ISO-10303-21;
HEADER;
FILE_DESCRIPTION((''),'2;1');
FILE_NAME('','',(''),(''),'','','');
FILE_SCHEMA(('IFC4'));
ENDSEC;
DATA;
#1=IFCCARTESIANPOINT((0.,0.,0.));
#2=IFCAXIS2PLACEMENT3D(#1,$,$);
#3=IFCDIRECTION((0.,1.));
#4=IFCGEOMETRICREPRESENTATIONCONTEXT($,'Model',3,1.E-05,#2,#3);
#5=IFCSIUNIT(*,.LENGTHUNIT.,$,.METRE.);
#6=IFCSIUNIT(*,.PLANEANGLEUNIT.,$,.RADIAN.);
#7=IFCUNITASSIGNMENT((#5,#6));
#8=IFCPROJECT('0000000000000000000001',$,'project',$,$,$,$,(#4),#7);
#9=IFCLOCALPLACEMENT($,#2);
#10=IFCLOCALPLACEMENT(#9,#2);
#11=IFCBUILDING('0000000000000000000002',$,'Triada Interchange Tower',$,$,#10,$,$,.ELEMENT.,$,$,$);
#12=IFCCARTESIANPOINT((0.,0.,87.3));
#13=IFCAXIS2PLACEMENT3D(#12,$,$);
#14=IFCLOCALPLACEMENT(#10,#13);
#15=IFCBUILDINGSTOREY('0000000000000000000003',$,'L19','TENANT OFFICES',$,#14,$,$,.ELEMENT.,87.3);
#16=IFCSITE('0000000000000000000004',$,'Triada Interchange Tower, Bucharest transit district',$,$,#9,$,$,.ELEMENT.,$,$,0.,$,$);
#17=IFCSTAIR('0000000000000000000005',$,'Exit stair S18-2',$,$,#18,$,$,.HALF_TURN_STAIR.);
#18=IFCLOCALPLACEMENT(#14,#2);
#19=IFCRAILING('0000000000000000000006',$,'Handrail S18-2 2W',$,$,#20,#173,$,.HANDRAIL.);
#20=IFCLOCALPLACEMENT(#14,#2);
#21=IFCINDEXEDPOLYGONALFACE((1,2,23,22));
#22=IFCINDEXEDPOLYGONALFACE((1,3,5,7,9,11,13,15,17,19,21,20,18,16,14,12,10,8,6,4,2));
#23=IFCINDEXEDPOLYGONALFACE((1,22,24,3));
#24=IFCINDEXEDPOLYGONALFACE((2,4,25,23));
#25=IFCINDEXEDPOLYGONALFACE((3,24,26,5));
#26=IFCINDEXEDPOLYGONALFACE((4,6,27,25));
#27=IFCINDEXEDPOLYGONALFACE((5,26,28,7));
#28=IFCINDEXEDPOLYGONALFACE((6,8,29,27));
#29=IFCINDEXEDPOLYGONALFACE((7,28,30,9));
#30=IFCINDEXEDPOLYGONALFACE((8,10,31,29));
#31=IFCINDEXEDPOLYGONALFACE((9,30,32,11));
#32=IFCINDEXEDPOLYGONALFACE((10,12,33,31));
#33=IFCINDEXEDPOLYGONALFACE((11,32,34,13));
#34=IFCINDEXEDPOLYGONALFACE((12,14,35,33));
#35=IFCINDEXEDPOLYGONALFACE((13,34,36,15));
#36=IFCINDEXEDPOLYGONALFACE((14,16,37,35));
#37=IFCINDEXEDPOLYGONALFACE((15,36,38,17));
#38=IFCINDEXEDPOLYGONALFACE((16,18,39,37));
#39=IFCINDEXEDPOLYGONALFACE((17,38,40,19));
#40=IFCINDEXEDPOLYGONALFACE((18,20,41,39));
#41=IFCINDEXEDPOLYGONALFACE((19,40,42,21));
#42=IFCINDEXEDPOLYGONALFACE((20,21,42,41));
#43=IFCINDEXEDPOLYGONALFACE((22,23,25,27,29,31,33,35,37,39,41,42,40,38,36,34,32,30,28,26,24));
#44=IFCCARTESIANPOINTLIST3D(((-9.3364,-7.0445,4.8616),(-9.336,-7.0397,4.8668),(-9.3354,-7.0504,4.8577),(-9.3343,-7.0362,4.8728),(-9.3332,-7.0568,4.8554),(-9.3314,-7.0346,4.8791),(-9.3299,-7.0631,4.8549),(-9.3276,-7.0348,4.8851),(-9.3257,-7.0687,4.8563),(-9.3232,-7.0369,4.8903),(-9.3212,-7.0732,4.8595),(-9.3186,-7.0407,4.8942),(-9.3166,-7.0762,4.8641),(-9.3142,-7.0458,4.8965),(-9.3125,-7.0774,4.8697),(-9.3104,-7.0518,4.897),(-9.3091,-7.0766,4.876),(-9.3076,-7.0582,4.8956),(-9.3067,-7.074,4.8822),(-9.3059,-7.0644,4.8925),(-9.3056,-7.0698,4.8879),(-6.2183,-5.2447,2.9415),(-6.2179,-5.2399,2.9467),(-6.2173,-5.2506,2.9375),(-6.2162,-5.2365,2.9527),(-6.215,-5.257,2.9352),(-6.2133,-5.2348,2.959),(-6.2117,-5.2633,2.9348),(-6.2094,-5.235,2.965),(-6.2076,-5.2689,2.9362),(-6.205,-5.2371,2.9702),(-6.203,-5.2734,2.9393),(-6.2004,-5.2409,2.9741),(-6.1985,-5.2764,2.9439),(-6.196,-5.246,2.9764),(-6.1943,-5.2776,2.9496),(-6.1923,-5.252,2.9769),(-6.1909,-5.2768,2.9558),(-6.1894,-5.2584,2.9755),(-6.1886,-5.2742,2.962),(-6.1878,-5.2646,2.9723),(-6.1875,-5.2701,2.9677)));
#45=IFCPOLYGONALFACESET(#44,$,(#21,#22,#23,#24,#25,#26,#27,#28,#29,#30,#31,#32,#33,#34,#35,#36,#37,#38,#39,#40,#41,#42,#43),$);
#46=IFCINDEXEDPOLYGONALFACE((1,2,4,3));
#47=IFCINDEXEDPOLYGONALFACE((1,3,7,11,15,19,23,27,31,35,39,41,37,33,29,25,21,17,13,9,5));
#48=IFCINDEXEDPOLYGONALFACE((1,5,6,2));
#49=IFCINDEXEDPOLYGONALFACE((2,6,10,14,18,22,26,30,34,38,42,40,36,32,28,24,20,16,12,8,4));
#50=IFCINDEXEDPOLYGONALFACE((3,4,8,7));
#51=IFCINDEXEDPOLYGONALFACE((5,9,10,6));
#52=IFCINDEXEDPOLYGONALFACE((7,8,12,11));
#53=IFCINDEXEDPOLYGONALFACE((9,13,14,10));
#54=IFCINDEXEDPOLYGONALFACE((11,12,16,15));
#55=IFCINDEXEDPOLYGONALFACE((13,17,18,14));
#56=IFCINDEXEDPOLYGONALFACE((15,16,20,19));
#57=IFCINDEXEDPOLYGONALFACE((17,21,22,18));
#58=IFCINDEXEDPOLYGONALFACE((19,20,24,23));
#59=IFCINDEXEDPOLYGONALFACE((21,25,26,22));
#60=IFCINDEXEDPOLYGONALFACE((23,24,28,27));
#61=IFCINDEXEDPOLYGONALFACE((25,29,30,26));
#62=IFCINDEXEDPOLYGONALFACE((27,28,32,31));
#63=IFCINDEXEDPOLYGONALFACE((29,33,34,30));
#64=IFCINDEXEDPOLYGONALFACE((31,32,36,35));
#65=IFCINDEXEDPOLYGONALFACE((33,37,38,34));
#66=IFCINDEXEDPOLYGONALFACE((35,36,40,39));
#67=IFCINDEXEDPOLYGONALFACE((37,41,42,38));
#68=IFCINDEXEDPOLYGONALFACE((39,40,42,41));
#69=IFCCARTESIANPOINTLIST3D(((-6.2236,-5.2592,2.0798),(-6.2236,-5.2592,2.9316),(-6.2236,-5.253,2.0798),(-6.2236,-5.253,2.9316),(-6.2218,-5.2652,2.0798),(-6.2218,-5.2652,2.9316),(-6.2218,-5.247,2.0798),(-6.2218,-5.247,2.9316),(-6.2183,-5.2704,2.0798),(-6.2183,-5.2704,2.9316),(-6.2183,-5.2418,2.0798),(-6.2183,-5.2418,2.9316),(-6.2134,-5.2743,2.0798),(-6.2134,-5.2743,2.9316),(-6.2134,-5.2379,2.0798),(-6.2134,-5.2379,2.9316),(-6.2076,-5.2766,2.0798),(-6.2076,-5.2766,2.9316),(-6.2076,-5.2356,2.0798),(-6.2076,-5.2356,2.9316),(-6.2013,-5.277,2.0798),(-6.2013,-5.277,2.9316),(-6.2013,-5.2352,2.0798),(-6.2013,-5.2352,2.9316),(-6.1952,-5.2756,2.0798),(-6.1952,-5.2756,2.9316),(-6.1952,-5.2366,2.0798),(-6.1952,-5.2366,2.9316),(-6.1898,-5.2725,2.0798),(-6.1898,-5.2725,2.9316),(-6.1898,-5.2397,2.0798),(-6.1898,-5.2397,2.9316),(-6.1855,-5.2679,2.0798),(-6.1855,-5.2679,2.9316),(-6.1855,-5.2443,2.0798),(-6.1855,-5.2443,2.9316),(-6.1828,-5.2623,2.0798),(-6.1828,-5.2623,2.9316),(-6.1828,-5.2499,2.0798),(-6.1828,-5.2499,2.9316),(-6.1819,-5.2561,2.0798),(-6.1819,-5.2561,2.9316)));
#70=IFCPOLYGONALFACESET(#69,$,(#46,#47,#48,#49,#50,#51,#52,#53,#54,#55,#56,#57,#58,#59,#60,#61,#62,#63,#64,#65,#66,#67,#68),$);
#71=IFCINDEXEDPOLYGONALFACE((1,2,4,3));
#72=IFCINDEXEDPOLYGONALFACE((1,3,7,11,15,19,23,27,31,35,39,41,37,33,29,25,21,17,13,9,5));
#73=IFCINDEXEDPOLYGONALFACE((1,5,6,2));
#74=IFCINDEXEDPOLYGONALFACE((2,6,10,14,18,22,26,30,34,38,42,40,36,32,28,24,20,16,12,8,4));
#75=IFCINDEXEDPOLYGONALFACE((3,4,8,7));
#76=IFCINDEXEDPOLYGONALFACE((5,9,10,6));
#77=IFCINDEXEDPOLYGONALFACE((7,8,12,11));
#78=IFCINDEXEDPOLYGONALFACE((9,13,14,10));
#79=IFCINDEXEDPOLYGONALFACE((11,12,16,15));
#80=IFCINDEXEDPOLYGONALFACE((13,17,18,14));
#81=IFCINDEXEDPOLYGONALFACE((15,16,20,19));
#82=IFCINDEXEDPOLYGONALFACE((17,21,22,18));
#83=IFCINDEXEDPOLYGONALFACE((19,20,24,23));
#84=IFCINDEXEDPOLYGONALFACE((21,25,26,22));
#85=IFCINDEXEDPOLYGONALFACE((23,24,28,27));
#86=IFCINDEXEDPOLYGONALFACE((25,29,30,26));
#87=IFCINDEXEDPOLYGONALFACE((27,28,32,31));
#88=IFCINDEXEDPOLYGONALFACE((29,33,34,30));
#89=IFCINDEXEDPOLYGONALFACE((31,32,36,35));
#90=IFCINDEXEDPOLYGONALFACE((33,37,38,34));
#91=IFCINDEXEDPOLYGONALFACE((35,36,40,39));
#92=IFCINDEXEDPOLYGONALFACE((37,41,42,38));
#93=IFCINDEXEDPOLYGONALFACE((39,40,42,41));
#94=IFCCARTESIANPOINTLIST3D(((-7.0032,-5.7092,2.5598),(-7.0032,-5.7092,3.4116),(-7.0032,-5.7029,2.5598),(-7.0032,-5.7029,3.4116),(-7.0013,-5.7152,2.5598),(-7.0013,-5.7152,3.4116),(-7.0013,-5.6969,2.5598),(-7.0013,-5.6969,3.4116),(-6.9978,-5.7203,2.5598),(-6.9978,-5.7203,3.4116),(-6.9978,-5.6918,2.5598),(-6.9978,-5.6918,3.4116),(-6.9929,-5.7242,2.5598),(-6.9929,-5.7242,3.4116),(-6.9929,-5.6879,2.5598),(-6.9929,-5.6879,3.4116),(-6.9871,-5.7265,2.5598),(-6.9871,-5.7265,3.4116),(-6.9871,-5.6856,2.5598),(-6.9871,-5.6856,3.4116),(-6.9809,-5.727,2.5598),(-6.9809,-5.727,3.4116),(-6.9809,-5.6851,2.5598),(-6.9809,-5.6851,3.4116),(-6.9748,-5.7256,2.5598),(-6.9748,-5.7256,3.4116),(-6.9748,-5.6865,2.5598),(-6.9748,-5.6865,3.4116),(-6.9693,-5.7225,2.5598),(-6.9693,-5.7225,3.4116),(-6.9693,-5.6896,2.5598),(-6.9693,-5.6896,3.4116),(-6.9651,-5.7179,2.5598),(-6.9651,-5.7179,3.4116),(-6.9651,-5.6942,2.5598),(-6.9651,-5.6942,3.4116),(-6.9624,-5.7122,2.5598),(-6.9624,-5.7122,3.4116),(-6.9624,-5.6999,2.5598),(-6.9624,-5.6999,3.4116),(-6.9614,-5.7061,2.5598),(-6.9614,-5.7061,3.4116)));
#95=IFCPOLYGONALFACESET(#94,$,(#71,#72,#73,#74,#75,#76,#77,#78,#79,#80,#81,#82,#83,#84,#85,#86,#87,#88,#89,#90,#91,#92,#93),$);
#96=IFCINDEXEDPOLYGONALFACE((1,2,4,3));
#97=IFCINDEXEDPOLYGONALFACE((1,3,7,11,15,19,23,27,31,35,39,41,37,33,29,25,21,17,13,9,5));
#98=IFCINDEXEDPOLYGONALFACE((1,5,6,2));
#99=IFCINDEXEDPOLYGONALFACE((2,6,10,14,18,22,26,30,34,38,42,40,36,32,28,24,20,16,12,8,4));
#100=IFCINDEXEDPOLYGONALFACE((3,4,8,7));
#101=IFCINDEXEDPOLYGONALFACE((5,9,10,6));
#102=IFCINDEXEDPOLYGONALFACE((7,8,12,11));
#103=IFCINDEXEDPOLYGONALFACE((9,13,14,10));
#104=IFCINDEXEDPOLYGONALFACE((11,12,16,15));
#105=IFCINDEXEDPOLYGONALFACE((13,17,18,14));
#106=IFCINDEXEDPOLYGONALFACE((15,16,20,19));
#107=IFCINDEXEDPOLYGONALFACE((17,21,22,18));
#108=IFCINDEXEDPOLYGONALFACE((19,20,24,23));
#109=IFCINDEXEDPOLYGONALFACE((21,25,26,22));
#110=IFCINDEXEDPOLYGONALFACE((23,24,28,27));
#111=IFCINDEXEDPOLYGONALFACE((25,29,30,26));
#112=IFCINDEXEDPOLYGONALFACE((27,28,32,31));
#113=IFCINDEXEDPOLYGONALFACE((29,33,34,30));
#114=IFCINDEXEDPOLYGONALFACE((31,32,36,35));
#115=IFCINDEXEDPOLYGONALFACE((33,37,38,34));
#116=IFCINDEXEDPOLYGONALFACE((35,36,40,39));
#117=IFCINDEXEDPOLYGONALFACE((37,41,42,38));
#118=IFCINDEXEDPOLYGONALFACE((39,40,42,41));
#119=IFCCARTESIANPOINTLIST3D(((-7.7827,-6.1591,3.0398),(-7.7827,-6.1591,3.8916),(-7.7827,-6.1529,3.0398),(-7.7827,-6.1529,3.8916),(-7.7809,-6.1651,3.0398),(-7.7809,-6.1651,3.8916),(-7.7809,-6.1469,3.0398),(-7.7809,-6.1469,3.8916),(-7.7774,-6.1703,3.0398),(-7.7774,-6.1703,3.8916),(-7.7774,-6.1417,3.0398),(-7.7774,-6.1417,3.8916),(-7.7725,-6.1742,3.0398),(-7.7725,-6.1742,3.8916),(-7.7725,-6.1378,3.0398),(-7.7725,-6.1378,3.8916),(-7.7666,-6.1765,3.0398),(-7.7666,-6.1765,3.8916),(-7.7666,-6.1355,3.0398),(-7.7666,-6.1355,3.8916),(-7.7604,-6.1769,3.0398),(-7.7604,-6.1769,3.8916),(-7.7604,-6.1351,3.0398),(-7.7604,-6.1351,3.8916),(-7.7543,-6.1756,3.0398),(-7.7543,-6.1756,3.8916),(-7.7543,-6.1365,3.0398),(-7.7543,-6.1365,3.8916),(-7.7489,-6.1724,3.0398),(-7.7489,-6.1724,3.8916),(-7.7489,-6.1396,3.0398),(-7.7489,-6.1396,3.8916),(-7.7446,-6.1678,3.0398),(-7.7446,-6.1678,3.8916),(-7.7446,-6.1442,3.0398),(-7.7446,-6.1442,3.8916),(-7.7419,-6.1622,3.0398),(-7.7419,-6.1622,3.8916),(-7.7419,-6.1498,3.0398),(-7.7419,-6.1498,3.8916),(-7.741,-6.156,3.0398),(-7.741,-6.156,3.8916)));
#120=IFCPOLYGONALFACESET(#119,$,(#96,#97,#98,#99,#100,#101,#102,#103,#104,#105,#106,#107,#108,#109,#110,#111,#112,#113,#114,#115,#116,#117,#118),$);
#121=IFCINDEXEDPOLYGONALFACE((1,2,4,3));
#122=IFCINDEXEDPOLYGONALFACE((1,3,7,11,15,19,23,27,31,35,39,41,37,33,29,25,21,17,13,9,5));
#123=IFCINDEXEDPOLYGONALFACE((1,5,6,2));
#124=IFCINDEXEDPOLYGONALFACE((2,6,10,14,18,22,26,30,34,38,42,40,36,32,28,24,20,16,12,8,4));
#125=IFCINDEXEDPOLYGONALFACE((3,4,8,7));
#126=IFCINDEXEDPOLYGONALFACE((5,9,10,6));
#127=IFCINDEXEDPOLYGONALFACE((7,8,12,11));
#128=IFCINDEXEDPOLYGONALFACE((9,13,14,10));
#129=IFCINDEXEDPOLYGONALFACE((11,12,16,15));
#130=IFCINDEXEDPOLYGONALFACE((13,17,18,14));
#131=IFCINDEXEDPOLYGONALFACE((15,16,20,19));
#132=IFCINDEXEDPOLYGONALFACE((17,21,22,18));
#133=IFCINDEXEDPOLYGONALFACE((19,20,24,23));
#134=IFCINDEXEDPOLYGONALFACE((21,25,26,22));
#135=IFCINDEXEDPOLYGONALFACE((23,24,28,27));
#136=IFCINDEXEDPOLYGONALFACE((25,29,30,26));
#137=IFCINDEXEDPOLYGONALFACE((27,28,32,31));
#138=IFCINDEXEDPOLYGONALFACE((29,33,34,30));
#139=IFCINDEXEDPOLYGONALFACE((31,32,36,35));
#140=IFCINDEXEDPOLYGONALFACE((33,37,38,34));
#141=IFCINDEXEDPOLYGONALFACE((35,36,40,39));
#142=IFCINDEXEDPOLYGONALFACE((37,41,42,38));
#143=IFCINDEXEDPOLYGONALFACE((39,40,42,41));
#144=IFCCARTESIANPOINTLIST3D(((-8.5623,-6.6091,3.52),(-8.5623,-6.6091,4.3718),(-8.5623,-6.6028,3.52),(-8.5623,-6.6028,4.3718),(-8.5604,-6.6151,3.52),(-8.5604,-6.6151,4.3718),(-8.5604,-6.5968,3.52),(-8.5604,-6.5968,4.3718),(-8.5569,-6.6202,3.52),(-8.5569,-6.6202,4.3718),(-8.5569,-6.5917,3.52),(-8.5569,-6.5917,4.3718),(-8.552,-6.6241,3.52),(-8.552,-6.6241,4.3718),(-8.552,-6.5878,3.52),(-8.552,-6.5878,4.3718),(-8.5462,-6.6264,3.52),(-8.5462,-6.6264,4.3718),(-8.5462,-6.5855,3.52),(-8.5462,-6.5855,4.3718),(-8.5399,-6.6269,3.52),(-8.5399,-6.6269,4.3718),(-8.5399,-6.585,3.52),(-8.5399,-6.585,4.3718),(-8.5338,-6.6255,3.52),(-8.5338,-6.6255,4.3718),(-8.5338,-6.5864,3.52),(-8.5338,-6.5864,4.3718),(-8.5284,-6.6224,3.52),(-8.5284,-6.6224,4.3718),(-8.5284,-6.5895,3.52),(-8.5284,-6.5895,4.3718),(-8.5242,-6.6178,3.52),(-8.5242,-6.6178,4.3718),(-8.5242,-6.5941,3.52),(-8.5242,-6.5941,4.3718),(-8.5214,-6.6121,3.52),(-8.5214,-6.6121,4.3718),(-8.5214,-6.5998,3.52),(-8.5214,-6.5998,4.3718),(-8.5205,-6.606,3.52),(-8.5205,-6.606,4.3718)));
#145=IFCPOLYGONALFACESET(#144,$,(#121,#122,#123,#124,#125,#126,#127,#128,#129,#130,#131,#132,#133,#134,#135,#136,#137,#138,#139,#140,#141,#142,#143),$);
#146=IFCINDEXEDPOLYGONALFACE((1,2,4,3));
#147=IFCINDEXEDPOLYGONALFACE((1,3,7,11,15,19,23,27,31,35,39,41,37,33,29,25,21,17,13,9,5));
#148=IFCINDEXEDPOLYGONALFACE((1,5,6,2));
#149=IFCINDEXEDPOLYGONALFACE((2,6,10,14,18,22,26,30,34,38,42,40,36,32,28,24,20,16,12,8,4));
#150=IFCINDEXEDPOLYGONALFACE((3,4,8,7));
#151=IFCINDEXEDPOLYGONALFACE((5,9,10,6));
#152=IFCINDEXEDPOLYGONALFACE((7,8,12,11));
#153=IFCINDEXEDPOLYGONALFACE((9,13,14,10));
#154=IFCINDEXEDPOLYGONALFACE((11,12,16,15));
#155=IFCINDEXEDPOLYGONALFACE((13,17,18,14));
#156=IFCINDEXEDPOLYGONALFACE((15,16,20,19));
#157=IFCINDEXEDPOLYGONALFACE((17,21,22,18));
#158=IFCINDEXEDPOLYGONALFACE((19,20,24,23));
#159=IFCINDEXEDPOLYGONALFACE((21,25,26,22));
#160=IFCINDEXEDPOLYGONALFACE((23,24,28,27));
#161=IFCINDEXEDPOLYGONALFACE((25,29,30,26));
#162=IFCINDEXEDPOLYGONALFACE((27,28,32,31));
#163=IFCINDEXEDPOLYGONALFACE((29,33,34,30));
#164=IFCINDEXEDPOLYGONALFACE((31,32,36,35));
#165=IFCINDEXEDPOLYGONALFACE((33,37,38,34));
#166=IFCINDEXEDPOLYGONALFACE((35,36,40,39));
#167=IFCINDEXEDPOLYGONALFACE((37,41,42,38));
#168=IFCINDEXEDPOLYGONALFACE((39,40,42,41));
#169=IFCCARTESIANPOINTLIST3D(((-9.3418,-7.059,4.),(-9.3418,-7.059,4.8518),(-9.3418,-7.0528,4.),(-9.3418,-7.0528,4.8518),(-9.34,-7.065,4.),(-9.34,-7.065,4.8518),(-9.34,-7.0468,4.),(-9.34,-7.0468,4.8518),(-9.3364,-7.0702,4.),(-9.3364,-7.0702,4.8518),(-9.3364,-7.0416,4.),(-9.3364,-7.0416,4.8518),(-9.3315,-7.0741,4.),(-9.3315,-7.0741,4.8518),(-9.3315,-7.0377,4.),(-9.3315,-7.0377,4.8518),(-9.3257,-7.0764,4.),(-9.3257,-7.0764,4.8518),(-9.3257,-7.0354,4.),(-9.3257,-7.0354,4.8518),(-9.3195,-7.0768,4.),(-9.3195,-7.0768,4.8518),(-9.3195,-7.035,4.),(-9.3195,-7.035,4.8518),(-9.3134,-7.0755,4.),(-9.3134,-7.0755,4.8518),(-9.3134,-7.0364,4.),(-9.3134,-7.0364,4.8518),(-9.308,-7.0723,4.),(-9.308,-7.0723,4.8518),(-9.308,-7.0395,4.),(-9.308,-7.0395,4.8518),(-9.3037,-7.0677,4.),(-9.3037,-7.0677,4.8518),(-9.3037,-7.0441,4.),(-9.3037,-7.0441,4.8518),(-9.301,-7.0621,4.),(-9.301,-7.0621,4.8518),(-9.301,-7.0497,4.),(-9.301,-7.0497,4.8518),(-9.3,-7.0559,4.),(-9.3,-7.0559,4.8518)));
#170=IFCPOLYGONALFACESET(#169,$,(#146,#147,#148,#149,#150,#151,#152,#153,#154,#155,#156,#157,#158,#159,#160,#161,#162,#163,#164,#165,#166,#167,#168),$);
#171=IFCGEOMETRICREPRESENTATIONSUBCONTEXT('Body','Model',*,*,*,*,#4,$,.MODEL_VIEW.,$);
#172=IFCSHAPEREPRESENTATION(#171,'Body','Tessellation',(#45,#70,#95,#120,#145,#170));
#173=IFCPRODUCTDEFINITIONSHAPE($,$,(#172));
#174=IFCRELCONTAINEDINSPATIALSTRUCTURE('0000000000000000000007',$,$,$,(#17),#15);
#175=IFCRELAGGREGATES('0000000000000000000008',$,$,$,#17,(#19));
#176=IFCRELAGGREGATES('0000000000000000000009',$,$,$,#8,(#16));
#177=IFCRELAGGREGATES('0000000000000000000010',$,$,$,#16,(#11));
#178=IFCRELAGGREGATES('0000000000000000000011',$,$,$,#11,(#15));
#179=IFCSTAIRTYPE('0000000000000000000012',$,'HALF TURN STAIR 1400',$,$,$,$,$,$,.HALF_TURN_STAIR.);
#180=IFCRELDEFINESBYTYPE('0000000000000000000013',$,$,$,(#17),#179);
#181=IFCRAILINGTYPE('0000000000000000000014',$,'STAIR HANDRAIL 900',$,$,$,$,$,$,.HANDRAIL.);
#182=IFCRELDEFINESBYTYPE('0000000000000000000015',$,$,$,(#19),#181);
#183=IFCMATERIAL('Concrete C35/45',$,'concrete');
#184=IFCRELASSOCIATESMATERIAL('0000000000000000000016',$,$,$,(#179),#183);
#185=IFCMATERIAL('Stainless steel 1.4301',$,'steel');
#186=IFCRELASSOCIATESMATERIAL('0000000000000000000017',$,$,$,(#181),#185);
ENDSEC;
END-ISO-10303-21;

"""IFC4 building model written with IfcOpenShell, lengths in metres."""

from ifc_helpers import new_model, si_unit, direction, frame, origin, origin_2d, place, context, subcontext, project, spatial, circle, extrude, material, type_object, element, aggregate, save


model = new_model("IFC4")

# Units and contexts
model_context = context("Model", 3, precision=1e-05, world=origin(), true_north=direction((0.0, 1.0)))
body_context = subcontext(model_context, "Body", "Model", "MODEL_VIEW")
ifc_project = project(units=[si_unit("LENGTHUNIT", "METRE"), si_unit("PLANEANGLEUNIT", "RADIAN")], contexts=[model_context])

# Site, building, storey
site_placement = place(None, origin())
site = spatial("IfcSite", under=ifc_project, at=site_placement, Name="Triada Interchange Tower, Bucharest transit district", CompositionType="ELEMENT", RefElevation=0.0)
building_placement = place(site_placement, origin())
building = spatial("IfcBuilding", under=site, at=building_placement, Name="Triada Interchange Tower", CompositionType="ELEMENT")
storey_placement = place(building_placement, frame((0.0, 0.0, 87.3)))
storey = spatial("IfcBuildingStorey", under=building, at=storey_placement, Name="L19", Description="TENANT OFFICES", CompositionType="ELEMENT", Elevation=87.3)

# Stair
ifc_material_1 = material(Name="Concrete C35/45", Category="concrete")
stair_type = type_object("IfcStairType", Name="HALF TURN STAIR 1400", PredefinedType="HALF_TURN_STAIR", material=ifc_material_1)
stair_placement = place(storey_placement, origin())
stair = element("IfcStair", 1, at=stair_placement, inside=storey, type_object=stair_type, Name="Exit stair S18-2", PredefinedType="HALF_TURN_STAIR")

# Railing
ifc_material_2 = material(Name="Stainless steel 1.4301", Category="steel")
railing_type = type_object("IfcRailingType", Name="STAIR HANDRAIL 900", PredefinedType="HANDRAIL", material=ifc_material_2)
railing_1_placement = place(storey_placement, frame((-6.2029, -5.2561, 2.0798)))
railing_1 = element("IfcRailing", 2, at=railing_1_placement, type_object=railing_type, Name="Handrail S18-2 2W", PredefinedType="HANDRAIL", context=body_context, shape_type="SweptSolid", body=[
    extrude(circle(Radius=0.0239, at=origin_2d()), frame((0.0, 0.0, 0.876), z_axis=(-0.76419, -0.44109, 0.470588), x_axis=(0.499902, -0.866082, 0.0)), (0.0, 0.0, 1.0), 4.0803),
    extrude(circle(Radius=0.021, at=origin_2d()), origin(), (0.0, 0.0, 1.0), 0.8518),
    extrude(circle(Radius=0.021, at=origin_2d()), frame((-0.7795, -0.45, 0.48)), (0.0, 0.0, 1.0), 0.8518),
    extrude(circle(Radius=0.021, at=origin_2d()), frame((-1.5591, -0.8999, 0.96)), (0.0, 0.0, 1.0), 0.8518),
    extrude(circle(Radius=0.021, at=origin_2d()), frame((-2.3386, -1.3499, 1.4402)), (0.0, 0.0, 1.0), 0.8518),
    extrude(circle(Radius=0.021, at=origin_2d()), frame((-3.1182, -1.7998, 1.9202)), (0.0, 0.0, 1.0), 0.8518),
])
aggregate(stair, [railing_1])

save(model, "model.ifc")
